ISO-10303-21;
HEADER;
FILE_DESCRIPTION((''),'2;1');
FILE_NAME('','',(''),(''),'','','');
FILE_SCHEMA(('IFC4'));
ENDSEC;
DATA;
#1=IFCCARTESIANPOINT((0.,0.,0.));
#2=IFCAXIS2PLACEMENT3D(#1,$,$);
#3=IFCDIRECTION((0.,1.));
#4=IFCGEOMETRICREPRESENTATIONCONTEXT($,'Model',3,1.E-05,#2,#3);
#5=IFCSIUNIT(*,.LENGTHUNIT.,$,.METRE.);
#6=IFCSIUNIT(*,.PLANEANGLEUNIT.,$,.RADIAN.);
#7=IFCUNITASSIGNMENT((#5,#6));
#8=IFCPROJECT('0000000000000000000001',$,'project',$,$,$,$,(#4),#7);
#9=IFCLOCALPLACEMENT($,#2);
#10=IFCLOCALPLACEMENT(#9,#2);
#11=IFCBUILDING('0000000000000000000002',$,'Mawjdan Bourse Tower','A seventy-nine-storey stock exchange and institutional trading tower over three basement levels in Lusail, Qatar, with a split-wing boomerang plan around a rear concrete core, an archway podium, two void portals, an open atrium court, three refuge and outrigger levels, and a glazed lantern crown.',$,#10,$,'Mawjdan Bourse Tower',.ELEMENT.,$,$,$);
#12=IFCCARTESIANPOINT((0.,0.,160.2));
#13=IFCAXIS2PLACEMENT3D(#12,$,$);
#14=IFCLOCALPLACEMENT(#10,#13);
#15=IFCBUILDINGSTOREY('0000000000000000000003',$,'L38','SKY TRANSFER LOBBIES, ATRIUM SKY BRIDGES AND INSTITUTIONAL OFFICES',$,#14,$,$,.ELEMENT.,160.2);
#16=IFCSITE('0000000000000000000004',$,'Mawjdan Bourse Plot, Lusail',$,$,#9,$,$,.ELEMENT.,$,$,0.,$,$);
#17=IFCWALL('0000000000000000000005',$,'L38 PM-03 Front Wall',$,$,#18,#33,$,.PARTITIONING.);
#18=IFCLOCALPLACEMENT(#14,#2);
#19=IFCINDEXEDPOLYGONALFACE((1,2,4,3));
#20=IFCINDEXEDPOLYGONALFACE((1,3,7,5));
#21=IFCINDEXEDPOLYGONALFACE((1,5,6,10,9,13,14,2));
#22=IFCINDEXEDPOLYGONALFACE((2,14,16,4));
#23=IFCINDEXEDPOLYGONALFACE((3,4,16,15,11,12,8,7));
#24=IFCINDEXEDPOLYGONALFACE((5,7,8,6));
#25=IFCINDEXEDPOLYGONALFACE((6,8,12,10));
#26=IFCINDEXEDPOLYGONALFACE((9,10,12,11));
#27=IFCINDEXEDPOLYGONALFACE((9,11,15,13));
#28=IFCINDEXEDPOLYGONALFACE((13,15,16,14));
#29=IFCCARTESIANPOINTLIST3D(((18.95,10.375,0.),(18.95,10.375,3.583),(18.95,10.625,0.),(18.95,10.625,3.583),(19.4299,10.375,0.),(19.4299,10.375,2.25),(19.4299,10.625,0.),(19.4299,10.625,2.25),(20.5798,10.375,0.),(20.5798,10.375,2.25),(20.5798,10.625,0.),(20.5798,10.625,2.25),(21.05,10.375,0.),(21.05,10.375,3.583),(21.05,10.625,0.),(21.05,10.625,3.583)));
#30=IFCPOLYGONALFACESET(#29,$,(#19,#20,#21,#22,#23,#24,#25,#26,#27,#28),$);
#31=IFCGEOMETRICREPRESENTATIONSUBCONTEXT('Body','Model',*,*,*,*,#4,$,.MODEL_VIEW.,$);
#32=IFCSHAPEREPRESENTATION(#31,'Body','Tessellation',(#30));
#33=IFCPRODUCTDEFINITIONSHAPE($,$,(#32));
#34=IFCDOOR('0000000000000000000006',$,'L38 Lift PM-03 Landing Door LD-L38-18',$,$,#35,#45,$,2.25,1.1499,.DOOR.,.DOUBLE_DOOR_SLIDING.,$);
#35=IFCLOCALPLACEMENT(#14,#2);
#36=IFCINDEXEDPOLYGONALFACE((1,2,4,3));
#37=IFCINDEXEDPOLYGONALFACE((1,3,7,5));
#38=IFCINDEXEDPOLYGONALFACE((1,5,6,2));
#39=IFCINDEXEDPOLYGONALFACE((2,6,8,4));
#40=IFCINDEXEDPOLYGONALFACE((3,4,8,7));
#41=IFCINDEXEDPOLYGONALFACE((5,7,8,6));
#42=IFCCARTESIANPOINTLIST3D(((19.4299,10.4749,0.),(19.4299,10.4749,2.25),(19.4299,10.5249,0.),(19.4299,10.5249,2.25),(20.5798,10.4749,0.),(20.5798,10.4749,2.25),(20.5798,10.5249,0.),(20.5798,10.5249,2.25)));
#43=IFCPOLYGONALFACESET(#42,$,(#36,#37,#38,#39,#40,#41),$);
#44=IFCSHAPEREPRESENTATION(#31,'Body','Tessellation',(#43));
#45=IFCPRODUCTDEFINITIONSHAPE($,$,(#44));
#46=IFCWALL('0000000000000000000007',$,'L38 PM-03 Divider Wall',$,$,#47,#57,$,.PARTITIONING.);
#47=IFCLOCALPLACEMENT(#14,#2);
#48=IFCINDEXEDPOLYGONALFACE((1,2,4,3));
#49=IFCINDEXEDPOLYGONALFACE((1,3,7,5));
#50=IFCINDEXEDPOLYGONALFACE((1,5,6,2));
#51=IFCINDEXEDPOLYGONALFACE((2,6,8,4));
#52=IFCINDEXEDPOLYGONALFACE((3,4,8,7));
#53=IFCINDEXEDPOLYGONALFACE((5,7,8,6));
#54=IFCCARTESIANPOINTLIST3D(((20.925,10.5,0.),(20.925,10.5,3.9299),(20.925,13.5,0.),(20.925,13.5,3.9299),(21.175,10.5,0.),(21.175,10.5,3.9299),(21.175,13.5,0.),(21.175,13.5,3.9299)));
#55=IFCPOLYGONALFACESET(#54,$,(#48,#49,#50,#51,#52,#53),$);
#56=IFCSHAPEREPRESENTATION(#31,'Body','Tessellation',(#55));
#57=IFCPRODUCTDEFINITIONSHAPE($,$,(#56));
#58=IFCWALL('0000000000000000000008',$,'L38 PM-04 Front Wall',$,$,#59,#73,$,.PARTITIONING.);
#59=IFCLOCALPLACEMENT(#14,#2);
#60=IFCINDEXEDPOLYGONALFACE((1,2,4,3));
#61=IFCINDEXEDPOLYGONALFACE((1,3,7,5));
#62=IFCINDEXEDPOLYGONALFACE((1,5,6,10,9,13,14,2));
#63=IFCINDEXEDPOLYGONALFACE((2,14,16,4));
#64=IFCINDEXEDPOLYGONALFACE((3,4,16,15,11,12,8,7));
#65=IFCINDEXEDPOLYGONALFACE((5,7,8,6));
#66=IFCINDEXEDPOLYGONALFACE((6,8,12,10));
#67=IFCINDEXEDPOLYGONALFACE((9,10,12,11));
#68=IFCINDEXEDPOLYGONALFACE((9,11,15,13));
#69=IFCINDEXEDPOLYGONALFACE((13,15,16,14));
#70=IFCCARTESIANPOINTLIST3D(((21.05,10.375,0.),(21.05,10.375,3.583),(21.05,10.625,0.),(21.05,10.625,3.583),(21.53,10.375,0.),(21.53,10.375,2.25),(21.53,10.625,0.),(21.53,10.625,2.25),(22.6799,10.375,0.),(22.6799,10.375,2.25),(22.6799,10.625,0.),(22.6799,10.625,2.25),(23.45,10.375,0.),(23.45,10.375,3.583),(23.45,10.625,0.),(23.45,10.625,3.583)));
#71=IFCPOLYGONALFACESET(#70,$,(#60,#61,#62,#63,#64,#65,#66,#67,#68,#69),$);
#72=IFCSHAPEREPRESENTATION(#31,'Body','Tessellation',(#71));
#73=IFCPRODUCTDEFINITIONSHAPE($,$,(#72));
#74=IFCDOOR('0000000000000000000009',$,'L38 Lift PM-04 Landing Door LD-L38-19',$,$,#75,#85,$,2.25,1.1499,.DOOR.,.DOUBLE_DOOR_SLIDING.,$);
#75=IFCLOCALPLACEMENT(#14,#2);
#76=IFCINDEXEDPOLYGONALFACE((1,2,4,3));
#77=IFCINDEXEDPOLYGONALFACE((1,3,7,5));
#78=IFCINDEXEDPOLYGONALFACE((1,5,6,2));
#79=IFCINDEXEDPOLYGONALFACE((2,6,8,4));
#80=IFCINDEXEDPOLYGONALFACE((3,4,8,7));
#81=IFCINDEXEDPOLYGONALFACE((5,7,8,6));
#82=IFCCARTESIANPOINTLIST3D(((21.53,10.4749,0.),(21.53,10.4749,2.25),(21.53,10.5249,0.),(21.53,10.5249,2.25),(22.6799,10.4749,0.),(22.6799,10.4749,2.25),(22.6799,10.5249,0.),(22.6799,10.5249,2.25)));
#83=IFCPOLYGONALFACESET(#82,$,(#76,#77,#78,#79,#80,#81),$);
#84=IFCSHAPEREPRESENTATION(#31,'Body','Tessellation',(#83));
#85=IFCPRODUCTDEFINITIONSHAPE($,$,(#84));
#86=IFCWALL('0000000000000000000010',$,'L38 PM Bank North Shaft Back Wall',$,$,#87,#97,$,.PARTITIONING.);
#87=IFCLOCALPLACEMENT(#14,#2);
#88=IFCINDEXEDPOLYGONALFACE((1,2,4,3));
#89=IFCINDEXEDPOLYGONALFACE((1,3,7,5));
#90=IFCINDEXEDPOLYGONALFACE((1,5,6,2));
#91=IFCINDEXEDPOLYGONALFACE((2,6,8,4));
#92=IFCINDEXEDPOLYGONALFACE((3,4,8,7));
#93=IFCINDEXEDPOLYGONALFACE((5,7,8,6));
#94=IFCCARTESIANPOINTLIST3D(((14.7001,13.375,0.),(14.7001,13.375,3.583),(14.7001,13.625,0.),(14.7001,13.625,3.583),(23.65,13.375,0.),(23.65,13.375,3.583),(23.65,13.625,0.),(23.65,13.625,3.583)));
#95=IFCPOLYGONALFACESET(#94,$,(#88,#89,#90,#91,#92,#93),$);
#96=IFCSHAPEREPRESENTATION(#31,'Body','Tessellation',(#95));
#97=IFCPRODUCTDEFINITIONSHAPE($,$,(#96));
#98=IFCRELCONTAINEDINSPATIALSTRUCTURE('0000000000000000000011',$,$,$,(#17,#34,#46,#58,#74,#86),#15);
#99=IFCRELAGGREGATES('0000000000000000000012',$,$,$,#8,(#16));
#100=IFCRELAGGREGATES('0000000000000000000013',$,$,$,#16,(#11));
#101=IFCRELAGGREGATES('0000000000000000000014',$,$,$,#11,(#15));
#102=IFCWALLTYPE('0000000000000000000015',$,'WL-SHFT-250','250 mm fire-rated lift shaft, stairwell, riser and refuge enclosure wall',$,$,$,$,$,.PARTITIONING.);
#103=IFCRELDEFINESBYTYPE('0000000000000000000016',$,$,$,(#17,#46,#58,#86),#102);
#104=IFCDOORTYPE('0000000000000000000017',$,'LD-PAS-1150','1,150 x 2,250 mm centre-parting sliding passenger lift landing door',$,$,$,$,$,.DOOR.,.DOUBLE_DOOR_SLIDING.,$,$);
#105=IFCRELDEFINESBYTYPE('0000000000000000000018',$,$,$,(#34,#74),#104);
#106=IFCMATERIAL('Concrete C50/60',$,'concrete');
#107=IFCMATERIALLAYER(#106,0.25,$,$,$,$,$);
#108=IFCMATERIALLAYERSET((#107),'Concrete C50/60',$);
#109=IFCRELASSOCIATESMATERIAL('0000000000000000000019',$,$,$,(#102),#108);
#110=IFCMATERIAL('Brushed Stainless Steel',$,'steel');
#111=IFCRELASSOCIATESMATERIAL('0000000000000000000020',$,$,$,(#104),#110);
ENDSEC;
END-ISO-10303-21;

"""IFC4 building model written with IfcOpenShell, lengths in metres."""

from ifc_helpers import new_model, si_unit, direction, frame, frame_2d, origin, place, context, subcontext, project, spatial, rectangle, extrude, material, layer, layer_set, type_object, element, fill, save


model = new_model("IFC4")

# Units and contexts
model_context = context("Model", 3, precision=1e-05, world=origin(), true_north=direction((0.0, 1.0)))
body_context = subcontext(model_context, "Body", "Model", "MODEL_VIEW")
ifc_project = project(units=[si_unit("LENGTHUNIT", "METRE"), si_unit("PLANEANGLEUNIT", "RADIAN")], contexts=[model_context])

# Site, building, storey
site_placement = place(None, origin())
site = spatial("IfcSite", under=ifc_project, at=site_placement, Name="Mawjdan Bourse Plot, Lusail", CompositionType="ELEMENT", RefElevation=0.0)
building_placement = place(site_placement, origin())
building = spatial("IfcBuilding", under=site, at=building_placement, Name="Mawjdan Bourse Tower", Description="A seventy-nine-storey stock exchange and institutional trading tower over three basement levels in Lusail, Qatar, with a split-wing boomerang plan around a rear concrete core, an archway podium, two void portals, an open atrium court, three refuge and outrigger levels, and a glazed lantern crown.", LongName="Mawjdan Bourse Tower", CompositionType="ELEMENT")
storey_placement = place(building_placement, frame((0.0, 0.0, 160.2)))
storey = spatial("IfcBuildingStorey", under=building, at=storey_placement, Name="L38", Description="SKY TRANSFER LOBBIES, ATRIUM SKY BRIDGES AND INSTITUTIONAL OFFICES", CompositionType="ELEMENT", Elevation=160.2)

# Shared definitions
ifc_material_1 = material(Name="Concrete C50/60", Category="concrete")
ifc_layer_1 = layer(ifc_material_1, 0.25)
ifc_layer_set_1 = layer_set([ifc_layer_1], Name="Concrete C50/60")
wall_type_1 = type_object("IfcWallType", Name="WL-SHFT-250", Description="250 mm fire-rated lift shaft, stairwell, riser and refuge enclosure wall", PredefinedType="PARTITIONING", material=ifc_layer_set_1)

# Shared definitions
ifc_material_2 = material(Name="Brushed Stainless Steel", Category="steel")
door_type_1 = type_object("IfcDoorType", Name="LD-PAS-1150", Description="1,150 x 2,250 mm centre-parting sliding passenger lift landing door", OperationType="DOUBLE_DOOR_SLIDING", PredefinedType="DOOR", material=ifc_material_2)

# Wall, opening, door
wall_1_placement = place(storey_placement, frame((18.95, 10.5, 0.0), z_axis=(0.0, 0.0, 1.0), x_axis=(1.0, 0.0, 0.0)))
wall_1 = element("IfcWall", 1, at=wall_1_placement, inside=storey, type_object=wall_type_1, Name="L38 PM-03 Front Wall", PredefinedType="PARTITIONING", context=body_context, shape_type="SweptSolid", body=[
    extrude(rectangle(XDim=2.1001, YDim=0.25, at=frame_2d((1.05, 0.0))), origin(), (0.0, 0.0, 1.0), 3.583),
])
opening_1_placement = place(wall_1_placement, frame((0.48, 0.0, 0.0)))
opening_1 = element("IfcOpeningElement", 2, at=opening_1_placement, cuts=wall_1, PredefinedType="OPENING", context=body_context, shape_type="SweptSolid", body=[
    extrude(rectangle(XDim=1.1499, YDim=2.25, at=frame_2d((0.575, 1.125))), frame((0.0, 0.135, 0.0), z_axis=(0.0, -1.0, 0.0), x_axis=(1.0, 0.0, 0.0)), (0.0, 0.0, 1.0), 0.27),
])
door_1_placement = place(opening_1_placement, origin())
door_1 = element("IfcDoor", 3, at=door_1_placement, inside=storey, type_object=door_type_1, Name="L38 Lift PM-03 Landing Door LD-L38-18", OperationType="DOUBLE_DOOR_SLIDING", OverallHeight=2.25, OverallWidth=1.1499, PredefinedType="DOOR", context=body_context, shape_type="SweptSolid", body=[
    extrude(rectangle(XDim=1.1499, YDim=2.25, at=frame_2d((0.575, 1.125))), frame((0.0, 0.0249, 0.0), z_axis=(0.0, -1.0, 0.0), x_axis=(1.0, 0.0, 0.0)), (0.0, 0.0, 1.0), 0.05),
])
fill(opening_1, door_1)

# Wall
wall_2_placement = place(storey_placement, frame((21.05, 10.5, 0.0), z_axis=(0.0, 0.0, 1.0), x_axis=(0.0, 1.0, 0.0)))
element("IfcWall", 4, at=wall_2_placement, inside=storey, type_object=wall_type_1, Name="L38 PM-03 Divider Wall", PredefinedType="PARTITIONING", context=body_context, shape_type="SweptSolid", body=[
    extrude(rectangle(XDim=3.0, YDim=0.25, at=frame_2d((1.5, 0.0))), origin(), (0.0, 0.0, 1.0), 3.9299),
])

# Wall, opening, door
wall_3_placement = place(storey_placement, frame((21.05, 10.5, 0.0), z_axis=(0.0, 0.0, 1.0), x_axis=(1.0, 0.0, 0.0)))
wall_3 = element("IfcWall", 5, at=wall_3_placement, inside=storey, type_object=wall_type_1, Name="L38 PM-04 Front Wall", PredefinedType="PARTITIONING", context=body_context, shape_type="SweptSolid", body=[
    extrude(rectangle(XDim=2.3999, YDim=0.25, at=frame_2d((1.2, 0.0))), origin(), (0.0, 0.0, 1.0), 3.583),
])
opening_2_placement = place(wall_3_placement, frame((0.48, 0.0, 0.0)))
opening_2 = element("IfcOpeningElement", 6, at=opening_2_placement, cuts=wall_3, PredefinedType="OPENING", context=body_context, shape_type="SweptSolid", body=[
    extrude(rectangle(XDim=1.1499, YDim=2.25, at=frame_2d((0.575, 1.125))), frame((0.0, 0.135, 0.0), z_axis=(0.0, -1.0, 0.0), x_axis=(1.0, 0.0, 0.0)), (0.0, 0.0, 1.0), 0.27),
])
door_2_placement = place(opening_2_placement, origin())
door_2 = element("IfcDoor", 7, at=door_2_placement, inside=storey, type_object=door_type_1, Name="L38 Lift PM-04 Landing Door LD-L38-19", OperationType="DOUBLE_DOOR_SLIDING", OverallHeight=2.25, OverallWidth=1.1499, PredefinedType="DOOR", context=body_context, shape_type="SweptSolid", body=[
    extrude(rectangle(XDim=1.1499, YDim=2.25, at=frame_2d((0.575, 1.125))), frame((0.0, 0.0249, 0.0), z_axis=(0.0, -1.0, 0.0), x_axis=(1.0, 0.0, 0.0)), (0.0, 0.0, 1.0), 0.05),
])
fill(opening_2, door_2)

# Wall
wall_4_placement = place(storey_placement, frame((14.7, 13.5, 0.0), z_axis=(0.0, 0.0, 1.0), x_axis=(1.0, 0.0, 0.0)))
element("IfcWall", 8, at=wall_4_placement, inside=storey, type_object=wall_type_1, Name="L38 PM Bank North Shaft Back Wall", PredefinedType="PARTITIONING", context=body_context, shape_type="SweptSolid", body=[
    extrude(rectangle(XDim=8.95, YDim=0.25, at=frame_2d((4.4751, 0.0))), origin(), (0.0, 0.0, 1.0), 3.583),
])

save(model, "model.ifc")
